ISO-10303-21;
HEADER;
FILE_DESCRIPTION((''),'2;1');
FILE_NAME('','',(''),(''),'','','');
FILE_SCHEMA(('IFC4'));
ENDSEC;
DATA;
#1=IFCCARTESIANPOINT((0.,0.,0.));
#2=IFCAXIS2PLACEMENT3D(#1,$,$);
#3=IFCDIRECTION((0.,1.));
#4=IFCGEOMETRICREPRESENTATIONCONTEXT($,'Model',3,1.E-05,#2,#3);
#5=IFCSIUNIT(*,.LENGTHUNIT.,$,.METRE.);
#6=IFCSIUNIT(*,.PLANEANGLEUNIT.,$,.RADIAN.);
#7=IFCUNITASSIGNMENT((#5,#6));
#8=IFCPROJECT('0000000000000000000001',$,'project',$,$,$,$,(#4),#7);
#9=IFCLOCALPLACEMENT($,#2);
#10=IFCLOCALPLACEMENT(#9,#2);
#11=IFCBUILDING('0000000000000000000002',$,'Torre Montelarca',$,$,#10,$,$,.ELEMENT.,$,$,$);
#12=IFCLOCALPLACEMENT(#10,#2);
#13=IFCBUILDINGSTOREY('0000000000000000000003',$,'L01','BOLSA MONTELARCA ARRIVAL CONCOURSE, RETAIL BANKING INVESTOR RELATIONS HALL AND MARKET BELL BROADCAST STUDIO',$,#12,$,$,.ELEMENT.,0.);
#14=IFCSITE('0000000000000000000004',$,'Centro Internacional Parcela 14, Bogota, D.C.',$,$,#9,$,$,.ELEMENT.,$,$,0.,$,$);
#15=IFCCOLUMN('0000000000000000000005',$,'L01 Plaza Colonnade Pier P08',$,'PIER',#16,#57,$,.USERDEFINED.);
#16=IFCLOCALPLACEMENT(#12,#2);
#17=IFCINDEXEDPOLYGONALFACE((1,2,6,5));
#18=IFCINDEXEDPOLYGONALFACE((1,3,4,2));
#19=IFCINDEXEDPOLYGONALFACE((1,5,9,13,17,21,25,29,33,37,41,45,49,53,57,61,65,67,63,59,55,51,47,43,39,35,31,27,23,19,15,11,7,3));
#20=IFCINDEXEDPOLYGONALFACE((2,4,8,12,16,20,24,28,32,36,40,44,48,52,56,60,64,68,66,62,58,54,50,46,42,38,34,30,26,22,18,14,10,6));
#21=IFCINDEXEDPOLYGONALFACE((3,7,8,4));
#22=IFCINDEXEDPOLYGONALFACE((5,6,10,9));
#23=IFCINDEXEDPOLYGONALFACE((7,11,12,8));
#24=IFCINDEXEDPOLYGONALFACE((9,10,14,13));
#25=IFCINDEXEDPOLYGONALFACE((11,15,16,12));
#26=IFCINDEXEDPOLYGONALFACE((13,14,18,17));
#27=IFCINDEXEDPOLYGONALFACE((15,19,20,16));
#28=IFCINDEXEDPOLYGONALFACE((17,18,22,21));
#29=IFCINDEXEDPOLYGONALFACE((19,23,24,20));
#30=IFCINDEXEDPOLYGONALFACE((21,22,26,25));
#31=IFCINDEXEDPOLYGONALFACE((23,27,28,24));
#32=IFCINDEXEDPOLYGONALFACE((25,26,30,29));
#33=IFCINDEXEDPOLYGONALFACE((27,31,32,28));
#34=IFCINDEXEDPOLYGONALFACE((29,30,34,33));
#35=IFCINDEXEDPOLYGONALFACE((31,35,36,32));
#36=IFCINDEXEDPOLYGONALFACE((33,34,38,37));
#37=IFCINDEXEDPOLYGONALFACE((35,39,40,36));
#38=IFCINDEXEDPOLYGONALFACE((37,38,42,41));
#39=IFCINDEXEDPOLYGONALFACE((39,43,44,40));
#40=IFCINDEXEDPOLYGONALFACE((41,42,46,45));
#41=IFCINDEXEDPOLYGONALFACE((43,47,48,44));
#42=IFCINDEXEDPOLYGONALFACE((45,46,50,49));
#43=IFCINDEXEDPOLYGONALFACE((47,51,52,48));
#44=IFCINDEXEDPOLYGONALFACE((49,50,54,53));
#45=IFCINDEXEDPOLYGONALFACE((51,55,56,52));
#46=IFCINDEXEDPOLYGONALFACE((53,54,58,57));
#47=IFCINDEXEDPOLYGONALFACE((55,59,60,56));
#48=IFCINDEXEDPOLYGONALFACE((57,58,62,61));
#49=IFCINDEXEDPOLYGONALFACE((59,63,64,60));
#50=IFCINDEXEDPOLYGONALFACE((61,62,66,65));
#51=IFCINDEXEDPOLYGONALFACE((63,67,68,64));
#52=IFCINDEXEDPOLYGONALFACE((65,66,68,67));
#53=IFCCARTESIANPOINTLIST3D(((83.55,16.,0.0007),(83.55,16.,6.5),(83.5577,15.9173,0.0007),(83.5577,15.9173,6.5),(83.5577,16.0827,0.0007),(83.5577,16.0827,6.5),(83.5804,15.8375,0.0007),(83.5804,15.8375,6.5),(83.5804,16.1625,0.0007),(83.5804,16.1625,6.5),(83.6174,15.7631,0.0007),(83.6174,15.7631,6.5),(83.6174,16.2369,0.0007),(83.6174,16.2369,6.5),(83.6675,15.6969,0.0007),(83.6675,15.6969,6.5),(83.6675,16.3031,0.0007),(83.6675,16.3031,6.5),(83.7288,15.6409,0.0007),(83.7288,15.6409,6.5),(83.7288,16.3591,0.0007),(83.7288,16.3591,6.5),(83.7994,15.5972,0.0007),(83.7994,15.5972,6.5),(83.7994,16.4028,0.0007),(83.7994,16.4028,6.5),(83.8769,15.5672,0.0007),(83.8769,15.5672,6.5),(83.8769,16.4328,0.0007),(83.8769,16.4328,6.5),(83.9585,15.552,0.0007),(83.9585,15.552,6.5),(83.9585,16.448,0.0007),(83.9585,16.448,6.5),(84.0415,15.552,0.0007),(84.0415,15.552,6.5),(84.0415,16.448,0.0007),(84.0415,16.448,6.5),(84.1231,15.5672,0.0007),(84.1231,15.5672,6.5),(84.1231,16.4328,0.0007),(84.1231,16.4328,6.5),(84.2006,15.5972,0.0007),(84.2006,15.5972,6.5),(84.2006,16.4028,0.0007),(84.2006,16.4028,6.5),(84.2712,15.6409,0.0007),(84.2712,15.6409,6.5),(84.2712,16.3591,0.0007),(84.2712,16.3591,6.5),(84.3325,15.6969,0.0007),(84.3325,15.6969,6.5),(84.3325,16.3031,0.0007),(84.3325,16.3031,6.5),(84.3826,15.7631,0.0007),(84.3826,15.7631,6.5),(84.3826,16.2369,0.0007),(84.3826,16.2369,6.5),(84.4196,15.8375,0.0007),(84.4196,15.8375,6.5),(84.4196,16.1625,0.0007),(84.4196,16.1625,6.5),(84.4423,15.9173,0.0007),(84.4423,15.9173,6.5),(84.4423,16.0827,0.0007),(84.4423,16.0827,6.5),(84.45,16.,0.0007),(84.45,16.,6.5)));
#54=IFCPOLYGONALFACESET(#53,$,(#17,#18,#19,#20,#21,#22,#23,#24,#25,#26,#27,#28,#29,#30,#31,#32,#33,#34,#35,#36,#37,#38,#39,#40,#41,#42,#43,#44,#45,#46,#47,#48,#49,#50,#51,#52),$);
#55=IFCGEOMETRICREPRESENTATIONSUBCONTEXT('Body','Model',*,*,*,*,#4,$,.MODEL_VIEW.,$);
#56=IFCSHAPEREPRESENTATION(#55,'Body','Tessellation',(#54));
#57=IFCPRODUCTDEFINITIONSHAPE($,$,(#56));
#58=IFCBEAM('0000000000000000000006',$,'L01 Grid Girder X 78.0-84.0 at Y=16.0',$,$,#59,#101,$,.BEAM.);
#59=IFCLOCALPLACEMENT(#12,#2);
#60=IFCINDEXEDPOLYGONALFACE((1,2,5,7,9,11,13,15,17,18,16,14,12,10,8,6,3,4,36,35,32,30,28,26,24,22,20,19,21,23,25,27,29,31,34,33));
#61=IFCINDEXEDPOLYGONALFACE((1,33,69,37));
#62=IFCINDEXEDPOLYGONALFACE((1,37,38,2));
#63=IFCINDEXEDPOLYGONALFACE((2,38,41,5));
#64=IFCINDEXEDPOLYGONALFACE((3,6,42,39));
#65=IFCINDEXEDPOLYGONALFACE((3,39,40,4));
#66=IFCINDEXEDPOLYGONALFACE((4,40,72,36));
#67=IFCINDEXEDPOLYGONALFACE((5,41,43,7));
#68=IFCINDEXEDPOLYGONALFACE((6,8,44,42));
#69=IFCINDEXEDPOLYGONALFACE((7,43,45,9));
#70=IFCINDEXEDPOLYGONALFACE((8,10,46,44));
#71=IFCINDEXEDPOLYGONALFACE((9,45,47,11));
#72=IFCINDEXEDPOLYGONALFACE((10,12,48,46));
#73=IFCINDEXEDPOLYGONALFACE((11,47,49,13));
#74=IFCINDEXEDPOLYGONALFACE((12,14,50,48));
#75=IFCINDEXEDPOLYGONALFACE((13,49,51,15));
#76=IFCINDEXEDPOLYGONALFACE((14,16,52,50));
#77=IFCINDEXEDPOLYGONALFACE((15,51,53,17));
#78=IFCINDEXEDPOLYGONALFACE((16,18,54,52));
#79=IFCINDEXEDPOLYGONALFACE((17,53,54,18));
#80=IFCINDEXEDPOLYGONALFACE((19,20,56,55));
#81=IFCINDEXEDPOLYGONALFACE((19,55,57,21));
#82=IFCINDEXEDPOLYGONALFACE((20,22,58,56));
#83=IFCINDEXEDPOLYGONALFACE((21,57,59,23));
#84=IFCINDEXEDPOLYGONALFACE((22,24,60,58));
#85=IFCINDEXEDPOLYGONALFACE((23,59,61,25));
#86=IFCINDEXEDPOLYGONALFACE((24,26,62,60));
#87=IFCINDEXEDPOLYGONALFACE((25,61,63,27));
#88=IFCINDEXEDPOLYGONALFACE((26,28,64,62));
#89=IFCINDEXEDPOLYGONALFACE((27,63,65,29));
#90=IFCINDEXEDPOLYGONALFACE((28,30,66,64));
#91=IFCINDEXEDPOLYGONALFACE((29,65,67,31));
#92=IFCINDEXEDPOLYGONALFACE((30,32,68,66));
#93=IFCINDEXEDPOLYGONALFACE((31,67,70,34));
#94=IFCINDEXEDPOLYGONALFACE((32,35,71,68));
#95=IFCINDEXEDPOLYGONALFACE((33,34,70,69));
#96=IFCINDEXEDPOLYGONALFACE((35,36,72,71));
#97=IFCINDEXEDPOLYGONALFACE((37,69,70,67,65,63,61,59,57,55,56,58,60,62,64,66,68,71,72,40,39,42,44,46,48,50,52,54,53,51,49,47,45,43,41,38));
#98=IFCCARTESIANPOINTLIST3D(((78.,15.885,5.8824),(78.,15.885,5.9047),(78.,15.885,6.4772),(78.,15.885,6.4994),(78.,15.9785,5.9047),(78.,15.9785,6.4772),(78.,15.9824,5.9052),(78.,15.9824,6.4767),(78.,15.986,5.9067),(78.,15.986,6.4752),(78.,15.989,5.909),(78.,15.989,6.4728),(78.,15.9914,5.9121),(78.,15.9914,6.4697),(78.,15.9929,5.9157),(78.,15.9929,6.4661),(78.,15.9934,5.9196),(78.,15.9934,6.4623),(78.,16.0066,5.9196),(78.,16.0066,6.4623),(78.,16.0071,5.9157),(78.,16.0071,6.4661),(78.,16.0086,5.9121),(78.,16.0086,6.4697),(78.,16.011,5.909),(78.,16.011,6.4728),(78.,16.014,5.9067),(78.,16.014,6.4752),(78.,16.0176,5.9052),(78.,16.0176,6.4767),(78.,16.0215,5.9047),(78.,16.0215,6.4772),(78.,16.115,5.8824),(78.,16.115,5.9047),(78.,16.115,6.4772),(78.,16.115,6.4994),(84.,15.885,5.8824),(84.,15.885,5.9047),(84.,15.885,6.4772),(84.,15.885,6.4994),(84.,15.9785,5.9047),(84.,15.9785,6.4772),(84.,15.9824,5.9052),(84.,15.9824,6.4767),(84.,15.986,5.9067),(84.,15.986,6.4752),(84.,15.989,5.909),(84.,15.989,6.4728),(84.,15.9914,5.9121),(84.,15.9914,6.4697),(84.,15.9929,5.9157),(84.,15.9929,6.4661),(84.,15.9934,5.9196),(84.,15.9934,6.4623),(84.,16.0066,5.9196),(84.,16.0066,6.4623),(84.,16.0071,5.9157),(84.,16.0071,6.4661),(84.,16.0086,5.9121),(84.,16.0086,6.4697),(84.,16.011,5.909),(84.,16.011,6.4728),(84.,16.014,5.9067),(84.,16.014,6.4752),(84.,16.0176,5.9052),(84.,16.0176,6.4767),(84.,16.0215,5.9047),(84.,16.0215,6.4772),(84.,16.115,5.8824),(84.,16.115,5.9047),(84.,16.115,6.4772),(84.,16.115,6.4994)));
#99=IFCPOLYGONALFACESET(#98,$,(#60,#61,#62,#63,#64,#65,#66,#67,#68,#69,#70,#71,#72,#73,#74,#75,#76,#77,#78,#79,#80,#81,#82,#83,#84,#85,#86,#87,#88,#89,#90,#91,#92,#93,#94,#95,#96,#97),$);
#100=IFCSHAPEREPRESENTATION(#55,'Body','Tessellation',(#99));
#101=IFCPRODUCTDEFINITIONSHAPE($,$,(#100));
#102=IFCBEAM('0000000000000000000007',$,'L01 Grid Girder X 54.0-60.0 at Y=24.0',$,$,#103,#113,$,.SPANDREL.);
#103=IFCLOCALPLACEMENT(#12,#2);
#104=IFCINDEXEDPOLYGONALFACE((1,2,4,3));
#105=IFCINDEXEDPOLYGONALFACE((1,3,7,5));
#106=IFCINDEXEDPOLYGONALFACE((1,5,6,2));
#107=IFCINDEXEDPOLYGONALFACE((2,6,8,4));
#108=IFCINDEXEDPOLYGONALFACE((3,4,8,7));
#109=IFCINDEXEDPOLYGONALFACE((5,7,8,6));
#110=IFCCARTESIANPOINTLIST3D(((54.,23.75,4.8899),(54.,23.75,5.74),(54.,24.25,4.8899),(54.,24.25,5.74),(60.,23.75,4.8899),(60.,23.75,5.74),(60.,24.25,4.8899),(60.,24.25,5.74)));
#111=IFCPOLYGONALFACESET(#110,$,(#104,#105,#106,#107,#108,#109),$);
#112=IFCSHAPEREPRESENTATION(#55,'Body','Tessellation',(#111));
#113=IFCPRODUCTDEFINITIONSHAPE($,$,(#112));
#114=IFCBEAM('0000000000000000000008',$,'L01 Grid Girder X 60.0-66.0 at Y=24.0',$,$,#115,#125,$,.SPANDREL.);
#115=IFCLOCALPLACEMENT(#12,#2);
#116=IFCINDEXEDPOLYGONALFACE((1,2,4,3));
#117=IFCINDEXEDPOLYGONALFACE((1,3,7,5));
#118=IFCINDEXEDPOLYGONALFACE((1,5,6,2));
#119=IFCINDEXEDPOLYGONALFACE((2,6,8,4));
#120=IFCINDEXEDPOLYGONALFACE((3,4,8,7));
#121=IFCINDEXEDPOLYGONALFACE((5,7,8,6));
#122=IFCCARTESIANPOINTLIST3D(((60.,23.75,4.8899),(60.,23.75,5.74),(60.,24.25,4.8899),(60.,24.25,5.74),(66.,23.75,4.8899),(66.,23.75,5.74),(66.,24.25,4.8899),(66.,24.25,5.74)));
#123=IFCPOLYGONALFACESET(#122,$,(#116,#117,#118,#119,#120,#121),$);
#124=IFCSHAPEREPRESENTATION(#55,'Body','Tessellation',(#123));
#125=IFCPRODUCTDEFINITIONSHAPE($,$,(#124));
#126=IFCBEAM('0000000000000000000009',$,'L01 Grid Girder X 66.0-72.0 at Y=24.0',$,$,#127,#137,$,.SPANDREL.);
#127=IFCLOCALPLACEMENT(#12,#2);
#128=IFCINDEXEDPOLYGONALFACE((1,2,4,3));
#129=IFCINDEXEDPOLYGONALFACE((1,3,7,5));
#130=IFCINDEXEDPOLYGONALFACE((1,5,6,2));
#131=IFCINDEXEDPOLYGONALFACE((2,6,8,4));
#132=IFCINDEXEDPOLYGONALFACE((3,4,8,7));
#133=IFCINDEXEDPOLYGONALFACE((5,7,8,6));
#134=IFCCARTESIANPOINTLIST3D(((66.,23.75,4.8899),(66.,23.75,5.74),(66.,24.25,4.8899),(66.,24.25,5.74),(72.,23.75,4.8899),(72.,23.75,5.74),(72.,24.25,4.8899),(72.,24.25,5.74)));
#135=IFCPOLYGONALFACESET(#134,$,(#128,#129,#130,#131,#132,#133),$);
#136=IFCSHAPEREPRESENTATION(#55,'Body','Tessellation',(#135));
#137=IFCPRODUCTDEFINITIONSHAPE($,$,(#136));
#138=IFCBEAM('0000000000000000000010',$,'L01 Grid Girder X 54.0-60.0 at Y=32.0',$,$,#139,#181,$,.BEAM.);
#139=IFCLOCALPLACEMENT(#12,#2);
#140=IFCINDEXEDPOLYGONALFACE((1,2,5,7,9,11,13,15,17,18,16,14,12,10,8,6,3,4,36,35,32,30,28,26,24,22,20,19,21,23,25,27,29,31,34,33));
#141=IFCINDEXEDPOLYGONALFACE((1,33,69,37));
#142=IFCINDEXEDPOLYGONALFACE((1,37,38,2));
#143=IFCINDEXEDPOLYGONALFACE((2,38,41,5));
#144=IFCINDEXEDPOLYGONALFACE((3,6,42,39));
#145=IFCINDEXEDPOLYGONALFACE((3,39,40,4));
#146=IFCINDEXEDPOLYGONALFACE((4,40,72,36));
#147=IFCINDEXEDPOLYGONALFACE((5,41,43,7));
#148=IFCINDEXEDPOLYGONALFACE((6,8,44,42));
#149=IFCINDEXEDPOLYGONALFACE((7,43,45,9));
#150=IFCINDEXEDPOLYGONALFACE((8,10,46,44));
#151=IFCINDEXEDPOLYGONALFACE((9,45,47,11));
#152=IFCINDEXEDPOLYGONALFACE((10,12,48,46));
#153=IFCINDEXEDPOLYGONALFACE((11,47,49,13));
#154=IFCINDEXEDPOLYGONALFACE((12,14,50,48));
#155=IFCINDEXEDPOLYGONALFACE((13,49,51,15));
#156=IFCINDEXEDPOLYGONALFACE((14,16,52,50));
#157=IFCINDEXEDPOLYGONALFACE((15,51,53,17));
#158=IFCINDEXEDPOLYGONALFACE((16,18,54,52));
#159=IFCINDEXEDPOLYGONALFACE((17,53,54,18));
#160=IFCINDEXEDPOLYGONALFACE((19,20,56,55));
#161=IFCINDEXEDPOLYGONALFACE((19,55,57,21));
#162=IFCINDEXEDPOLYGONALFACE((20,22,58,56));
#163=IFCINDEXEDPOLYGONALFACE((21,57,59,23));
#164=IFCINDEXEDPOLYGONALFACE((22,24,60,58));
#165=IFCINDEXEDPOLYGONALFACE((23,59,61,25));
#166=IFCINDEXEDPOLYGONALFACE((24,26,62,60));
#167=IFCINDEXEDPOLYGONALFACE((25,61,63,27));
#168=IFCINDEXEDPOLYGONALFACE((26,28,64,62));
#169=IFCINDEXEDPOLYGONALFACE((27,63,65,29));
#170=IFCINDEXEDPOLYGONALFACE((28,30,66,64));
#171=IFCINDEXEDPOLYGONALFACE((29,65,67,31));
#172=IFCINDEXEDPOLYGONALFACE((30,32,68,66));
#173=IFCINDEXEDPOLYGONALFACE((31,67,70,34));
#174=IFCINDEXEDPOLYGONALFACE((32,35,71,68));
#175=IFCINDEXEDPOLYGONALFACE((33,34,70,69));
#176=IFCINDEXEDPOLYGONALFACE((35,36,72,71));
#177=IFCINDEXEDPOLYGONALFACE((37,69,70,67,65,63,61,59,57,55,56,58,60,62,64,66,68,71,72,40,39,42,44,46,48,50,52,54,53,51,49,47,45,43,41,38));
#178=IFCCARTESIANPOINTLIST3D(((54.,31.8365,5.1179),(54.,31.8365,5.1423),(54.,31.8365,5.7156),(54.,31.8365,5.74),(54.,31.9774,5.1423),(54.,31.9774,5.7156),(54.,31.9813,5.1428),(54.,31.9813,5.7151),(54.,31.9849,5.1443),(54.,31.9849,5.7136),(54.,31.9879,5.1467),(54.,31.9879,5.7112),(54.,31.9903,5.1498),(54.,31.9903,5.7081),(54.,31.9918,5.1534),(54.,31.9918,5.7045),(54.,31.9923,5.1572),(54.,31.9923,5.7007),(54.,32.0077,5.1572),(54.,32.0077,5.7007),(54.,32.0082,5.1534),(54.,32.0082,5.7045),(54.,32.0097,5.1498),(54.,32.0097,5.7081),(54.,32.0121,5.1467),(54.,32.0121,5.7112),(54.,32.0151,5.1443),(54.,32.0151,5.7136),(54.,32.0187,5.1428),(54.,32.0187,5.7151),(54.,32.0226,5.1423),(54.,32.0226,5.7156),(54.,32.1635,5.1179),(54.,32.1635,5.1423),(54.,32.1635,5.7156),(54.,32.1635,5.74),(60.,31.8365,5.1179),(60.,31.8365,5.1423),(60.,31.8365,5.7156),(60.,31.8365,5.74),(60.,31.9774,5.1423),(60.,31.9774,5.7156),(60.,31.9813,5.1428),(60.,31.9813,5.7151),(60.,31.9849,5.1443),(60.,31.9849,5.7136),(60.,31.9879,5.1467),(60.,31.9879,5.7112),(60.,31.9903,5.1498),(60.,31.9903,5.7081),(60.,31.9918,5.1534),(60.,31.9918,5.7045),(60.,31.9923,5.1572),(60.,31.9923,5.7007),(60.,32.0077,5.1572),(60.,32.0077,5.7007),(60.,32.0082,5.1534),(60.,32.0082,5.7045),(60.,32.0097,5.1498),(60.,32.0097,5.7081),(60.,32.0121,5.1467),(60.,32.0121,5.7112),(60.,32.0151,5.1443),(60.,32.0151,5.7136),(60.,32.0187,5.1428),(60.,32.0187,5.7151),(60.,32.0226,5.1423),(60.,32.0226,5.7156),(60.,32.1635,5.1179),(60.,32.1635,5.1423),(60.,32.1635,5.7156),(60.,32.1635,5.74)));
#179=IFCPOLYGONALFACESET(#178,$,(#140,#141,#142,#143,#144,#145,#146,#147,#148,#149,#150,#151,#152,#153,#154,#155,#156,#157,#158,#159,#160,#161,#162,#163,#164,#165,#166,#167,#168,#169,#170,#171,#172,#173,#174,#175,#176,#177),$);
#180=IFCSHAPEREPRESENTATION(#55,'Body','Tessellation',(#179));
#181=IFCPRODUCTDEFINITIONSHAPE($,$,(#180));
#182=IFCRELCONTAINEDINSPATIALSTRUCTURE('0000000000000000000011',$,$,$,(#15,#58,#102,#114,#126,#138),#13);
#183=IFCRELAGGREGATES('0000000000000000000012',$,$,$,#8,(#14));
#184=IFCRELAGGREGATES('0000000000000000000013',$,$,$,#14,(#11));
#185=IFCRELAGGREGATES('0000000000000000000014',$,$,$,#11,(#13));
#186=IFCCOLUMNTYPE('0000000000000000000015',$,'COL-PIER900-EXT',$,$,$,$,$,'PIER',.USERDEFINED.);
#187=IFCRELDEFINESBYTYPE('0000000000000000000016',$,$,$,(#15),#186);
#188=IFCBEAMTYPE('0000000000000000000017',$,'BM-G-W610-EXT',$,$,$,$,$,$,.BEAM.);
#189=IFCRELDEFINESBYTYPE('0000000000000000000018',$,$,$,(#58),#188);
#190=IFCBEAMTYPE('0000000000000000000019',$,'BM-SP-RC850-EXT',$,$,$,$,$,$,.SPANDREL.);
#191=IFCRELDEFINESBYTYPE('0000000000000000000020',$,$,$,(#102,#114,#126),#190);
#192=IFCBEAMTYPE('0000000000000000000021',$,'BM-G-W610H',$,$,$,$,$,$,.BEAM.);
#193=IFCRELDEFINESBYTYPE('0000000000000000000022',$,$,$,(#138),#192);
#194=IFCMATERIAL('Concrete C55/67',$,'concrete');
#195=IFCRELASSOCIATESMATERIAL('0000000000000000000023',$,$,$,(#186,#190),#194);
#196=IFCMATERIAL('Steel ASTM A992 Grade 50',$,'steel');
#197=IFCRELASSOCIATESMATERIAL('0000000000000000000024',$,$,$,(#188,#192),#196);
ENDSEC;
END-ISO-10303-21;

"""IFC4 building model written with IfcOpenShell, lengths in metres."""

from ifc_helpers import new_model, si_unit, direction, frame, origin, origin_2d, place, context, subcontext, project, spatial, rectangle, circle, i_section, extrude, source, transform, mapped, material, material_profile, profile_set, type_object, element, save


model = new_model("IFC4")

# Units and contexts
model_context = context("Model", 3, precision=1e-05, world=origin(), true_north=direction((0.0, 1.0)))
body_context = subcontext(model_context, "Body", "Model", "MODEL_VIEW")
ifc_project = project(units=[si_unit("LENGTHUNIT", "METRE"), si_unit("PLANEANGLEUNIT", "RADIAN")], contexts=[model_context])

# Site, building, storey
site_placement = place(None, origin())
site = spatial("IfcSite", under=ifc_project, at=site_placement, Name="Centro Internacional Parcela 14, Bogota, D.C.", CompositionType="ELEMENT", RefElevation=0.0)
building_placement = place(site_placement, origin())
building = spatial("IfcBuilding", under=site, at=building_placement, Name="Torre Montelarca", CompositionType="ELEMENT")
storey_placement = place(building_placement, origin())
storey = spatial("IfcBuildingStorey", under=building, at=storey_placement, Name="L01", Description="BOLSA MONTELARCA ARRIVAL CONCOURSE, RETAIL BANKING INVESTOR RELATIONS HALL AND MARKET BELL BROADCAST STUDIO", CompositionType="ELEMENT", Elevation=0.0)

# Column
ifc_material_1 = material(Name="Steel ASTM A992 Grade 50", Category="steel")
ifc_material_2 = material(Name="Concrete C55/67", Category="concrete")
ifc_material_profile_1 = material_profile(ifc_material_2, circle(Radius=0.45, at=origin_2d()), Name="RCC900", Category="concrete")
ifc_profile_set_1 = profile_set([ifc_material_profile_1], Name="Concrete C55/67")
column_type_1 = type_object("IfcColumnType", Name="COL-PIER900-EXT", ElementType="PIER", PredefinedType="USERDEFINED", material=ifc_profile_set_1)
shared_shape_1 = source(origin(), body_context, "Body", "SweptSolid", [
    extrude(circle(Radius=0.45, at=origin_2d()), origin(), (0.0, 0.0, 1.0), 6.4993),
])
for number, where, z_axis, x_axis, name in (
    (1, (84.0, 16.0, 0.0007), (0.0, 0.0, 1.0), (1.0, 0.0, 0.0), "L01 Plaza Colonnade Pier P08"),
):
    element("IfcColumn", number, at=place(storey_placement, frame(where, z_axis=z_axis, x_axis=x_axis)), inside=storey, type_object=column_type_1, Name=name, ObjectType="PIER", PredefinedType="USERDEFINED", context=body_context, shape_type="MappedRepresentation", body=[
        mapped(shared_shape_1, transform((0.0, 0.0, 0.0), scale=1.0)),
    ])

# Beams
ifc_material_profile_2 = material_profile(ifc_material_1, i_section(OverallWidth=0.23, OverallDepth=0.6169, WebThickness=0.0132, FlangeThickness=0.0222, FilletRadius=0.0149, at=origin_2d()), Name="W610X140", Category="steel")
ifc_profile_set_2 = profile_set([ifc_material_profile_2], Name="Steel ASTM A992 Grade 50")
beam_type_1 = type_object("IfcBeamType", Name="BM-G-W610-EXT", PredefinedType="BEAM", material=ifc_profile_set_2)
shared_shape_2 = source(origin(), body_context, "Body", "SweptSolid", [
    extrude(i_section(OverallWidth=0.23, OverallDepth=0.6169, WebThickness=0.0132, FlangeThickness=0.0222, FilletRadius=0.0149, at=origin_2d()), origin(), (0.0, 0.0, 1.0), 6.0),
])
beam_1_placement = place(storey_placement, frame((78.0, 16.0, 6.1909), z_axis=(1.0, 0.0, 0.0), x_axis=(0.0, 1.0, 0.0)))
element("IfcBeam", 2, at=beam_1_placement, inside=storey, type_object=beam_type_1, Name="L01 Grid Girder X 78.0-84.0 at Y=16.0", PredefinedType="BEAM", context=body_context, shape_type="MappedRepresentation", body=[
    mapped(shared_shape_2, transform((0.0, 0.0, 0.0), scale=1.0)),
])
ifc_material_profile_3 = material_profile(ifc_material_2, rectangle(XDim=0.5, YDim=0.8501, at=origin_2d()), Name="RCB500X850", Category="concrete")
ifc_profile_set_3 = profile_set([ifc_material_profile_3], Name="Concrete C55/67")
beam_type_2 = type_object("IfcBeamType", Name="BM-SP-RC850-EXT", PredefinedType="SPANDREL", material=ifc_profile_set_3)
shared_shape_3 = source(origin(), body_context, "Body", "SweptSolid", [
    extrude(rectangle(XDim=0.5, YDim=0.8501, at=origin_2d()), origin(), (0.0, 0.0, 1.0), 6.0),
])
for number, where, z_axis, x_axis, name in (
    (3, (54.0, 24.0, 5.3149), (1.0, 0.0, 0.0), (0.0, 1.0, 0.0), "L01 Grid Girder X 54.0-60.0 at Y=24.0"),
    (4, (60.0, 24.0, 5.3149), (1.0, 0.0, 0.0), (0.0, 1.0, 0.0), "L01 Grid Girder X 60.0-66.0 at Y=24.0"),
    (5, (66.0, 24.0, 5.3149), (1.0, 0.0, 0.0), (0.0, 1.0, 0.0), "L01 Grid Girder X 66.0-72.0 at Y=24.0"),
):
    element("IfcBeam", number, at=place(storey_placement, frame(where, z_axis=z_axis, x_axis=x_axis)), inside=storey, type_object=beam_type_2, Name=name, PredefinedType="SPANDREL", context=body_context, shape_type="MappedRepresentation", body=[
        mapped(shared_shape_3, transform((0.0, 0.0, 0.0), scale=1.0)),
    ])
ifc_material_profile_4 = material_profile(ifc_material_1, i_section(OverallWidth=0.3269, OverallDepth=0.6221, WebThickness=0.0154, FlangeThickness=0.0244, FilletRadius=0.0149, at=origin_2d()), Name="W610X195", Category="steel")
ifc_profile_set_4 = profile_set([ifc_material_profile_4], Name="Steel ASTM A992 Grade 50")
beam_type_3 = type_object("IfcBeamType", Name="BM-G-W610H", PredefinedType="BEAM", material=ifc_profile_set_4)
shared_shape_4 = source(origin(), body_context, "Body", "SweptSolid", [
    extrude(i_section(OverallWidth=0.3269, OverallDepth=0.6221, WebThickness=0.0154, FlangeThickness=0.0244, FilletRadius=0.0149, at=origin_2d()), origin(), (0.0, 0.0, 1.0), 6.0),
])
beam_2_placement = place(storey_placement, frame((54.0, 32.0, 5.429), z_axis=(1.0, 0.0, 0.0), x_axis=(0.0, 1.0, 0.0)))
element("IfcBeam", 6, at=beam_2_placement, inside=storey, type_object=beam_type_3, Name="L01 Grid Girder X 54.0-60.0 at Y=32.0", PredefinedType="BEAM", context=body_context, shape_type="MappedRepresentation", body=[
    mapped(shared_shape_4, transform((0.0, 0.0, 0.0), scale=1.0)),
])

save(model, "model.ifc")
